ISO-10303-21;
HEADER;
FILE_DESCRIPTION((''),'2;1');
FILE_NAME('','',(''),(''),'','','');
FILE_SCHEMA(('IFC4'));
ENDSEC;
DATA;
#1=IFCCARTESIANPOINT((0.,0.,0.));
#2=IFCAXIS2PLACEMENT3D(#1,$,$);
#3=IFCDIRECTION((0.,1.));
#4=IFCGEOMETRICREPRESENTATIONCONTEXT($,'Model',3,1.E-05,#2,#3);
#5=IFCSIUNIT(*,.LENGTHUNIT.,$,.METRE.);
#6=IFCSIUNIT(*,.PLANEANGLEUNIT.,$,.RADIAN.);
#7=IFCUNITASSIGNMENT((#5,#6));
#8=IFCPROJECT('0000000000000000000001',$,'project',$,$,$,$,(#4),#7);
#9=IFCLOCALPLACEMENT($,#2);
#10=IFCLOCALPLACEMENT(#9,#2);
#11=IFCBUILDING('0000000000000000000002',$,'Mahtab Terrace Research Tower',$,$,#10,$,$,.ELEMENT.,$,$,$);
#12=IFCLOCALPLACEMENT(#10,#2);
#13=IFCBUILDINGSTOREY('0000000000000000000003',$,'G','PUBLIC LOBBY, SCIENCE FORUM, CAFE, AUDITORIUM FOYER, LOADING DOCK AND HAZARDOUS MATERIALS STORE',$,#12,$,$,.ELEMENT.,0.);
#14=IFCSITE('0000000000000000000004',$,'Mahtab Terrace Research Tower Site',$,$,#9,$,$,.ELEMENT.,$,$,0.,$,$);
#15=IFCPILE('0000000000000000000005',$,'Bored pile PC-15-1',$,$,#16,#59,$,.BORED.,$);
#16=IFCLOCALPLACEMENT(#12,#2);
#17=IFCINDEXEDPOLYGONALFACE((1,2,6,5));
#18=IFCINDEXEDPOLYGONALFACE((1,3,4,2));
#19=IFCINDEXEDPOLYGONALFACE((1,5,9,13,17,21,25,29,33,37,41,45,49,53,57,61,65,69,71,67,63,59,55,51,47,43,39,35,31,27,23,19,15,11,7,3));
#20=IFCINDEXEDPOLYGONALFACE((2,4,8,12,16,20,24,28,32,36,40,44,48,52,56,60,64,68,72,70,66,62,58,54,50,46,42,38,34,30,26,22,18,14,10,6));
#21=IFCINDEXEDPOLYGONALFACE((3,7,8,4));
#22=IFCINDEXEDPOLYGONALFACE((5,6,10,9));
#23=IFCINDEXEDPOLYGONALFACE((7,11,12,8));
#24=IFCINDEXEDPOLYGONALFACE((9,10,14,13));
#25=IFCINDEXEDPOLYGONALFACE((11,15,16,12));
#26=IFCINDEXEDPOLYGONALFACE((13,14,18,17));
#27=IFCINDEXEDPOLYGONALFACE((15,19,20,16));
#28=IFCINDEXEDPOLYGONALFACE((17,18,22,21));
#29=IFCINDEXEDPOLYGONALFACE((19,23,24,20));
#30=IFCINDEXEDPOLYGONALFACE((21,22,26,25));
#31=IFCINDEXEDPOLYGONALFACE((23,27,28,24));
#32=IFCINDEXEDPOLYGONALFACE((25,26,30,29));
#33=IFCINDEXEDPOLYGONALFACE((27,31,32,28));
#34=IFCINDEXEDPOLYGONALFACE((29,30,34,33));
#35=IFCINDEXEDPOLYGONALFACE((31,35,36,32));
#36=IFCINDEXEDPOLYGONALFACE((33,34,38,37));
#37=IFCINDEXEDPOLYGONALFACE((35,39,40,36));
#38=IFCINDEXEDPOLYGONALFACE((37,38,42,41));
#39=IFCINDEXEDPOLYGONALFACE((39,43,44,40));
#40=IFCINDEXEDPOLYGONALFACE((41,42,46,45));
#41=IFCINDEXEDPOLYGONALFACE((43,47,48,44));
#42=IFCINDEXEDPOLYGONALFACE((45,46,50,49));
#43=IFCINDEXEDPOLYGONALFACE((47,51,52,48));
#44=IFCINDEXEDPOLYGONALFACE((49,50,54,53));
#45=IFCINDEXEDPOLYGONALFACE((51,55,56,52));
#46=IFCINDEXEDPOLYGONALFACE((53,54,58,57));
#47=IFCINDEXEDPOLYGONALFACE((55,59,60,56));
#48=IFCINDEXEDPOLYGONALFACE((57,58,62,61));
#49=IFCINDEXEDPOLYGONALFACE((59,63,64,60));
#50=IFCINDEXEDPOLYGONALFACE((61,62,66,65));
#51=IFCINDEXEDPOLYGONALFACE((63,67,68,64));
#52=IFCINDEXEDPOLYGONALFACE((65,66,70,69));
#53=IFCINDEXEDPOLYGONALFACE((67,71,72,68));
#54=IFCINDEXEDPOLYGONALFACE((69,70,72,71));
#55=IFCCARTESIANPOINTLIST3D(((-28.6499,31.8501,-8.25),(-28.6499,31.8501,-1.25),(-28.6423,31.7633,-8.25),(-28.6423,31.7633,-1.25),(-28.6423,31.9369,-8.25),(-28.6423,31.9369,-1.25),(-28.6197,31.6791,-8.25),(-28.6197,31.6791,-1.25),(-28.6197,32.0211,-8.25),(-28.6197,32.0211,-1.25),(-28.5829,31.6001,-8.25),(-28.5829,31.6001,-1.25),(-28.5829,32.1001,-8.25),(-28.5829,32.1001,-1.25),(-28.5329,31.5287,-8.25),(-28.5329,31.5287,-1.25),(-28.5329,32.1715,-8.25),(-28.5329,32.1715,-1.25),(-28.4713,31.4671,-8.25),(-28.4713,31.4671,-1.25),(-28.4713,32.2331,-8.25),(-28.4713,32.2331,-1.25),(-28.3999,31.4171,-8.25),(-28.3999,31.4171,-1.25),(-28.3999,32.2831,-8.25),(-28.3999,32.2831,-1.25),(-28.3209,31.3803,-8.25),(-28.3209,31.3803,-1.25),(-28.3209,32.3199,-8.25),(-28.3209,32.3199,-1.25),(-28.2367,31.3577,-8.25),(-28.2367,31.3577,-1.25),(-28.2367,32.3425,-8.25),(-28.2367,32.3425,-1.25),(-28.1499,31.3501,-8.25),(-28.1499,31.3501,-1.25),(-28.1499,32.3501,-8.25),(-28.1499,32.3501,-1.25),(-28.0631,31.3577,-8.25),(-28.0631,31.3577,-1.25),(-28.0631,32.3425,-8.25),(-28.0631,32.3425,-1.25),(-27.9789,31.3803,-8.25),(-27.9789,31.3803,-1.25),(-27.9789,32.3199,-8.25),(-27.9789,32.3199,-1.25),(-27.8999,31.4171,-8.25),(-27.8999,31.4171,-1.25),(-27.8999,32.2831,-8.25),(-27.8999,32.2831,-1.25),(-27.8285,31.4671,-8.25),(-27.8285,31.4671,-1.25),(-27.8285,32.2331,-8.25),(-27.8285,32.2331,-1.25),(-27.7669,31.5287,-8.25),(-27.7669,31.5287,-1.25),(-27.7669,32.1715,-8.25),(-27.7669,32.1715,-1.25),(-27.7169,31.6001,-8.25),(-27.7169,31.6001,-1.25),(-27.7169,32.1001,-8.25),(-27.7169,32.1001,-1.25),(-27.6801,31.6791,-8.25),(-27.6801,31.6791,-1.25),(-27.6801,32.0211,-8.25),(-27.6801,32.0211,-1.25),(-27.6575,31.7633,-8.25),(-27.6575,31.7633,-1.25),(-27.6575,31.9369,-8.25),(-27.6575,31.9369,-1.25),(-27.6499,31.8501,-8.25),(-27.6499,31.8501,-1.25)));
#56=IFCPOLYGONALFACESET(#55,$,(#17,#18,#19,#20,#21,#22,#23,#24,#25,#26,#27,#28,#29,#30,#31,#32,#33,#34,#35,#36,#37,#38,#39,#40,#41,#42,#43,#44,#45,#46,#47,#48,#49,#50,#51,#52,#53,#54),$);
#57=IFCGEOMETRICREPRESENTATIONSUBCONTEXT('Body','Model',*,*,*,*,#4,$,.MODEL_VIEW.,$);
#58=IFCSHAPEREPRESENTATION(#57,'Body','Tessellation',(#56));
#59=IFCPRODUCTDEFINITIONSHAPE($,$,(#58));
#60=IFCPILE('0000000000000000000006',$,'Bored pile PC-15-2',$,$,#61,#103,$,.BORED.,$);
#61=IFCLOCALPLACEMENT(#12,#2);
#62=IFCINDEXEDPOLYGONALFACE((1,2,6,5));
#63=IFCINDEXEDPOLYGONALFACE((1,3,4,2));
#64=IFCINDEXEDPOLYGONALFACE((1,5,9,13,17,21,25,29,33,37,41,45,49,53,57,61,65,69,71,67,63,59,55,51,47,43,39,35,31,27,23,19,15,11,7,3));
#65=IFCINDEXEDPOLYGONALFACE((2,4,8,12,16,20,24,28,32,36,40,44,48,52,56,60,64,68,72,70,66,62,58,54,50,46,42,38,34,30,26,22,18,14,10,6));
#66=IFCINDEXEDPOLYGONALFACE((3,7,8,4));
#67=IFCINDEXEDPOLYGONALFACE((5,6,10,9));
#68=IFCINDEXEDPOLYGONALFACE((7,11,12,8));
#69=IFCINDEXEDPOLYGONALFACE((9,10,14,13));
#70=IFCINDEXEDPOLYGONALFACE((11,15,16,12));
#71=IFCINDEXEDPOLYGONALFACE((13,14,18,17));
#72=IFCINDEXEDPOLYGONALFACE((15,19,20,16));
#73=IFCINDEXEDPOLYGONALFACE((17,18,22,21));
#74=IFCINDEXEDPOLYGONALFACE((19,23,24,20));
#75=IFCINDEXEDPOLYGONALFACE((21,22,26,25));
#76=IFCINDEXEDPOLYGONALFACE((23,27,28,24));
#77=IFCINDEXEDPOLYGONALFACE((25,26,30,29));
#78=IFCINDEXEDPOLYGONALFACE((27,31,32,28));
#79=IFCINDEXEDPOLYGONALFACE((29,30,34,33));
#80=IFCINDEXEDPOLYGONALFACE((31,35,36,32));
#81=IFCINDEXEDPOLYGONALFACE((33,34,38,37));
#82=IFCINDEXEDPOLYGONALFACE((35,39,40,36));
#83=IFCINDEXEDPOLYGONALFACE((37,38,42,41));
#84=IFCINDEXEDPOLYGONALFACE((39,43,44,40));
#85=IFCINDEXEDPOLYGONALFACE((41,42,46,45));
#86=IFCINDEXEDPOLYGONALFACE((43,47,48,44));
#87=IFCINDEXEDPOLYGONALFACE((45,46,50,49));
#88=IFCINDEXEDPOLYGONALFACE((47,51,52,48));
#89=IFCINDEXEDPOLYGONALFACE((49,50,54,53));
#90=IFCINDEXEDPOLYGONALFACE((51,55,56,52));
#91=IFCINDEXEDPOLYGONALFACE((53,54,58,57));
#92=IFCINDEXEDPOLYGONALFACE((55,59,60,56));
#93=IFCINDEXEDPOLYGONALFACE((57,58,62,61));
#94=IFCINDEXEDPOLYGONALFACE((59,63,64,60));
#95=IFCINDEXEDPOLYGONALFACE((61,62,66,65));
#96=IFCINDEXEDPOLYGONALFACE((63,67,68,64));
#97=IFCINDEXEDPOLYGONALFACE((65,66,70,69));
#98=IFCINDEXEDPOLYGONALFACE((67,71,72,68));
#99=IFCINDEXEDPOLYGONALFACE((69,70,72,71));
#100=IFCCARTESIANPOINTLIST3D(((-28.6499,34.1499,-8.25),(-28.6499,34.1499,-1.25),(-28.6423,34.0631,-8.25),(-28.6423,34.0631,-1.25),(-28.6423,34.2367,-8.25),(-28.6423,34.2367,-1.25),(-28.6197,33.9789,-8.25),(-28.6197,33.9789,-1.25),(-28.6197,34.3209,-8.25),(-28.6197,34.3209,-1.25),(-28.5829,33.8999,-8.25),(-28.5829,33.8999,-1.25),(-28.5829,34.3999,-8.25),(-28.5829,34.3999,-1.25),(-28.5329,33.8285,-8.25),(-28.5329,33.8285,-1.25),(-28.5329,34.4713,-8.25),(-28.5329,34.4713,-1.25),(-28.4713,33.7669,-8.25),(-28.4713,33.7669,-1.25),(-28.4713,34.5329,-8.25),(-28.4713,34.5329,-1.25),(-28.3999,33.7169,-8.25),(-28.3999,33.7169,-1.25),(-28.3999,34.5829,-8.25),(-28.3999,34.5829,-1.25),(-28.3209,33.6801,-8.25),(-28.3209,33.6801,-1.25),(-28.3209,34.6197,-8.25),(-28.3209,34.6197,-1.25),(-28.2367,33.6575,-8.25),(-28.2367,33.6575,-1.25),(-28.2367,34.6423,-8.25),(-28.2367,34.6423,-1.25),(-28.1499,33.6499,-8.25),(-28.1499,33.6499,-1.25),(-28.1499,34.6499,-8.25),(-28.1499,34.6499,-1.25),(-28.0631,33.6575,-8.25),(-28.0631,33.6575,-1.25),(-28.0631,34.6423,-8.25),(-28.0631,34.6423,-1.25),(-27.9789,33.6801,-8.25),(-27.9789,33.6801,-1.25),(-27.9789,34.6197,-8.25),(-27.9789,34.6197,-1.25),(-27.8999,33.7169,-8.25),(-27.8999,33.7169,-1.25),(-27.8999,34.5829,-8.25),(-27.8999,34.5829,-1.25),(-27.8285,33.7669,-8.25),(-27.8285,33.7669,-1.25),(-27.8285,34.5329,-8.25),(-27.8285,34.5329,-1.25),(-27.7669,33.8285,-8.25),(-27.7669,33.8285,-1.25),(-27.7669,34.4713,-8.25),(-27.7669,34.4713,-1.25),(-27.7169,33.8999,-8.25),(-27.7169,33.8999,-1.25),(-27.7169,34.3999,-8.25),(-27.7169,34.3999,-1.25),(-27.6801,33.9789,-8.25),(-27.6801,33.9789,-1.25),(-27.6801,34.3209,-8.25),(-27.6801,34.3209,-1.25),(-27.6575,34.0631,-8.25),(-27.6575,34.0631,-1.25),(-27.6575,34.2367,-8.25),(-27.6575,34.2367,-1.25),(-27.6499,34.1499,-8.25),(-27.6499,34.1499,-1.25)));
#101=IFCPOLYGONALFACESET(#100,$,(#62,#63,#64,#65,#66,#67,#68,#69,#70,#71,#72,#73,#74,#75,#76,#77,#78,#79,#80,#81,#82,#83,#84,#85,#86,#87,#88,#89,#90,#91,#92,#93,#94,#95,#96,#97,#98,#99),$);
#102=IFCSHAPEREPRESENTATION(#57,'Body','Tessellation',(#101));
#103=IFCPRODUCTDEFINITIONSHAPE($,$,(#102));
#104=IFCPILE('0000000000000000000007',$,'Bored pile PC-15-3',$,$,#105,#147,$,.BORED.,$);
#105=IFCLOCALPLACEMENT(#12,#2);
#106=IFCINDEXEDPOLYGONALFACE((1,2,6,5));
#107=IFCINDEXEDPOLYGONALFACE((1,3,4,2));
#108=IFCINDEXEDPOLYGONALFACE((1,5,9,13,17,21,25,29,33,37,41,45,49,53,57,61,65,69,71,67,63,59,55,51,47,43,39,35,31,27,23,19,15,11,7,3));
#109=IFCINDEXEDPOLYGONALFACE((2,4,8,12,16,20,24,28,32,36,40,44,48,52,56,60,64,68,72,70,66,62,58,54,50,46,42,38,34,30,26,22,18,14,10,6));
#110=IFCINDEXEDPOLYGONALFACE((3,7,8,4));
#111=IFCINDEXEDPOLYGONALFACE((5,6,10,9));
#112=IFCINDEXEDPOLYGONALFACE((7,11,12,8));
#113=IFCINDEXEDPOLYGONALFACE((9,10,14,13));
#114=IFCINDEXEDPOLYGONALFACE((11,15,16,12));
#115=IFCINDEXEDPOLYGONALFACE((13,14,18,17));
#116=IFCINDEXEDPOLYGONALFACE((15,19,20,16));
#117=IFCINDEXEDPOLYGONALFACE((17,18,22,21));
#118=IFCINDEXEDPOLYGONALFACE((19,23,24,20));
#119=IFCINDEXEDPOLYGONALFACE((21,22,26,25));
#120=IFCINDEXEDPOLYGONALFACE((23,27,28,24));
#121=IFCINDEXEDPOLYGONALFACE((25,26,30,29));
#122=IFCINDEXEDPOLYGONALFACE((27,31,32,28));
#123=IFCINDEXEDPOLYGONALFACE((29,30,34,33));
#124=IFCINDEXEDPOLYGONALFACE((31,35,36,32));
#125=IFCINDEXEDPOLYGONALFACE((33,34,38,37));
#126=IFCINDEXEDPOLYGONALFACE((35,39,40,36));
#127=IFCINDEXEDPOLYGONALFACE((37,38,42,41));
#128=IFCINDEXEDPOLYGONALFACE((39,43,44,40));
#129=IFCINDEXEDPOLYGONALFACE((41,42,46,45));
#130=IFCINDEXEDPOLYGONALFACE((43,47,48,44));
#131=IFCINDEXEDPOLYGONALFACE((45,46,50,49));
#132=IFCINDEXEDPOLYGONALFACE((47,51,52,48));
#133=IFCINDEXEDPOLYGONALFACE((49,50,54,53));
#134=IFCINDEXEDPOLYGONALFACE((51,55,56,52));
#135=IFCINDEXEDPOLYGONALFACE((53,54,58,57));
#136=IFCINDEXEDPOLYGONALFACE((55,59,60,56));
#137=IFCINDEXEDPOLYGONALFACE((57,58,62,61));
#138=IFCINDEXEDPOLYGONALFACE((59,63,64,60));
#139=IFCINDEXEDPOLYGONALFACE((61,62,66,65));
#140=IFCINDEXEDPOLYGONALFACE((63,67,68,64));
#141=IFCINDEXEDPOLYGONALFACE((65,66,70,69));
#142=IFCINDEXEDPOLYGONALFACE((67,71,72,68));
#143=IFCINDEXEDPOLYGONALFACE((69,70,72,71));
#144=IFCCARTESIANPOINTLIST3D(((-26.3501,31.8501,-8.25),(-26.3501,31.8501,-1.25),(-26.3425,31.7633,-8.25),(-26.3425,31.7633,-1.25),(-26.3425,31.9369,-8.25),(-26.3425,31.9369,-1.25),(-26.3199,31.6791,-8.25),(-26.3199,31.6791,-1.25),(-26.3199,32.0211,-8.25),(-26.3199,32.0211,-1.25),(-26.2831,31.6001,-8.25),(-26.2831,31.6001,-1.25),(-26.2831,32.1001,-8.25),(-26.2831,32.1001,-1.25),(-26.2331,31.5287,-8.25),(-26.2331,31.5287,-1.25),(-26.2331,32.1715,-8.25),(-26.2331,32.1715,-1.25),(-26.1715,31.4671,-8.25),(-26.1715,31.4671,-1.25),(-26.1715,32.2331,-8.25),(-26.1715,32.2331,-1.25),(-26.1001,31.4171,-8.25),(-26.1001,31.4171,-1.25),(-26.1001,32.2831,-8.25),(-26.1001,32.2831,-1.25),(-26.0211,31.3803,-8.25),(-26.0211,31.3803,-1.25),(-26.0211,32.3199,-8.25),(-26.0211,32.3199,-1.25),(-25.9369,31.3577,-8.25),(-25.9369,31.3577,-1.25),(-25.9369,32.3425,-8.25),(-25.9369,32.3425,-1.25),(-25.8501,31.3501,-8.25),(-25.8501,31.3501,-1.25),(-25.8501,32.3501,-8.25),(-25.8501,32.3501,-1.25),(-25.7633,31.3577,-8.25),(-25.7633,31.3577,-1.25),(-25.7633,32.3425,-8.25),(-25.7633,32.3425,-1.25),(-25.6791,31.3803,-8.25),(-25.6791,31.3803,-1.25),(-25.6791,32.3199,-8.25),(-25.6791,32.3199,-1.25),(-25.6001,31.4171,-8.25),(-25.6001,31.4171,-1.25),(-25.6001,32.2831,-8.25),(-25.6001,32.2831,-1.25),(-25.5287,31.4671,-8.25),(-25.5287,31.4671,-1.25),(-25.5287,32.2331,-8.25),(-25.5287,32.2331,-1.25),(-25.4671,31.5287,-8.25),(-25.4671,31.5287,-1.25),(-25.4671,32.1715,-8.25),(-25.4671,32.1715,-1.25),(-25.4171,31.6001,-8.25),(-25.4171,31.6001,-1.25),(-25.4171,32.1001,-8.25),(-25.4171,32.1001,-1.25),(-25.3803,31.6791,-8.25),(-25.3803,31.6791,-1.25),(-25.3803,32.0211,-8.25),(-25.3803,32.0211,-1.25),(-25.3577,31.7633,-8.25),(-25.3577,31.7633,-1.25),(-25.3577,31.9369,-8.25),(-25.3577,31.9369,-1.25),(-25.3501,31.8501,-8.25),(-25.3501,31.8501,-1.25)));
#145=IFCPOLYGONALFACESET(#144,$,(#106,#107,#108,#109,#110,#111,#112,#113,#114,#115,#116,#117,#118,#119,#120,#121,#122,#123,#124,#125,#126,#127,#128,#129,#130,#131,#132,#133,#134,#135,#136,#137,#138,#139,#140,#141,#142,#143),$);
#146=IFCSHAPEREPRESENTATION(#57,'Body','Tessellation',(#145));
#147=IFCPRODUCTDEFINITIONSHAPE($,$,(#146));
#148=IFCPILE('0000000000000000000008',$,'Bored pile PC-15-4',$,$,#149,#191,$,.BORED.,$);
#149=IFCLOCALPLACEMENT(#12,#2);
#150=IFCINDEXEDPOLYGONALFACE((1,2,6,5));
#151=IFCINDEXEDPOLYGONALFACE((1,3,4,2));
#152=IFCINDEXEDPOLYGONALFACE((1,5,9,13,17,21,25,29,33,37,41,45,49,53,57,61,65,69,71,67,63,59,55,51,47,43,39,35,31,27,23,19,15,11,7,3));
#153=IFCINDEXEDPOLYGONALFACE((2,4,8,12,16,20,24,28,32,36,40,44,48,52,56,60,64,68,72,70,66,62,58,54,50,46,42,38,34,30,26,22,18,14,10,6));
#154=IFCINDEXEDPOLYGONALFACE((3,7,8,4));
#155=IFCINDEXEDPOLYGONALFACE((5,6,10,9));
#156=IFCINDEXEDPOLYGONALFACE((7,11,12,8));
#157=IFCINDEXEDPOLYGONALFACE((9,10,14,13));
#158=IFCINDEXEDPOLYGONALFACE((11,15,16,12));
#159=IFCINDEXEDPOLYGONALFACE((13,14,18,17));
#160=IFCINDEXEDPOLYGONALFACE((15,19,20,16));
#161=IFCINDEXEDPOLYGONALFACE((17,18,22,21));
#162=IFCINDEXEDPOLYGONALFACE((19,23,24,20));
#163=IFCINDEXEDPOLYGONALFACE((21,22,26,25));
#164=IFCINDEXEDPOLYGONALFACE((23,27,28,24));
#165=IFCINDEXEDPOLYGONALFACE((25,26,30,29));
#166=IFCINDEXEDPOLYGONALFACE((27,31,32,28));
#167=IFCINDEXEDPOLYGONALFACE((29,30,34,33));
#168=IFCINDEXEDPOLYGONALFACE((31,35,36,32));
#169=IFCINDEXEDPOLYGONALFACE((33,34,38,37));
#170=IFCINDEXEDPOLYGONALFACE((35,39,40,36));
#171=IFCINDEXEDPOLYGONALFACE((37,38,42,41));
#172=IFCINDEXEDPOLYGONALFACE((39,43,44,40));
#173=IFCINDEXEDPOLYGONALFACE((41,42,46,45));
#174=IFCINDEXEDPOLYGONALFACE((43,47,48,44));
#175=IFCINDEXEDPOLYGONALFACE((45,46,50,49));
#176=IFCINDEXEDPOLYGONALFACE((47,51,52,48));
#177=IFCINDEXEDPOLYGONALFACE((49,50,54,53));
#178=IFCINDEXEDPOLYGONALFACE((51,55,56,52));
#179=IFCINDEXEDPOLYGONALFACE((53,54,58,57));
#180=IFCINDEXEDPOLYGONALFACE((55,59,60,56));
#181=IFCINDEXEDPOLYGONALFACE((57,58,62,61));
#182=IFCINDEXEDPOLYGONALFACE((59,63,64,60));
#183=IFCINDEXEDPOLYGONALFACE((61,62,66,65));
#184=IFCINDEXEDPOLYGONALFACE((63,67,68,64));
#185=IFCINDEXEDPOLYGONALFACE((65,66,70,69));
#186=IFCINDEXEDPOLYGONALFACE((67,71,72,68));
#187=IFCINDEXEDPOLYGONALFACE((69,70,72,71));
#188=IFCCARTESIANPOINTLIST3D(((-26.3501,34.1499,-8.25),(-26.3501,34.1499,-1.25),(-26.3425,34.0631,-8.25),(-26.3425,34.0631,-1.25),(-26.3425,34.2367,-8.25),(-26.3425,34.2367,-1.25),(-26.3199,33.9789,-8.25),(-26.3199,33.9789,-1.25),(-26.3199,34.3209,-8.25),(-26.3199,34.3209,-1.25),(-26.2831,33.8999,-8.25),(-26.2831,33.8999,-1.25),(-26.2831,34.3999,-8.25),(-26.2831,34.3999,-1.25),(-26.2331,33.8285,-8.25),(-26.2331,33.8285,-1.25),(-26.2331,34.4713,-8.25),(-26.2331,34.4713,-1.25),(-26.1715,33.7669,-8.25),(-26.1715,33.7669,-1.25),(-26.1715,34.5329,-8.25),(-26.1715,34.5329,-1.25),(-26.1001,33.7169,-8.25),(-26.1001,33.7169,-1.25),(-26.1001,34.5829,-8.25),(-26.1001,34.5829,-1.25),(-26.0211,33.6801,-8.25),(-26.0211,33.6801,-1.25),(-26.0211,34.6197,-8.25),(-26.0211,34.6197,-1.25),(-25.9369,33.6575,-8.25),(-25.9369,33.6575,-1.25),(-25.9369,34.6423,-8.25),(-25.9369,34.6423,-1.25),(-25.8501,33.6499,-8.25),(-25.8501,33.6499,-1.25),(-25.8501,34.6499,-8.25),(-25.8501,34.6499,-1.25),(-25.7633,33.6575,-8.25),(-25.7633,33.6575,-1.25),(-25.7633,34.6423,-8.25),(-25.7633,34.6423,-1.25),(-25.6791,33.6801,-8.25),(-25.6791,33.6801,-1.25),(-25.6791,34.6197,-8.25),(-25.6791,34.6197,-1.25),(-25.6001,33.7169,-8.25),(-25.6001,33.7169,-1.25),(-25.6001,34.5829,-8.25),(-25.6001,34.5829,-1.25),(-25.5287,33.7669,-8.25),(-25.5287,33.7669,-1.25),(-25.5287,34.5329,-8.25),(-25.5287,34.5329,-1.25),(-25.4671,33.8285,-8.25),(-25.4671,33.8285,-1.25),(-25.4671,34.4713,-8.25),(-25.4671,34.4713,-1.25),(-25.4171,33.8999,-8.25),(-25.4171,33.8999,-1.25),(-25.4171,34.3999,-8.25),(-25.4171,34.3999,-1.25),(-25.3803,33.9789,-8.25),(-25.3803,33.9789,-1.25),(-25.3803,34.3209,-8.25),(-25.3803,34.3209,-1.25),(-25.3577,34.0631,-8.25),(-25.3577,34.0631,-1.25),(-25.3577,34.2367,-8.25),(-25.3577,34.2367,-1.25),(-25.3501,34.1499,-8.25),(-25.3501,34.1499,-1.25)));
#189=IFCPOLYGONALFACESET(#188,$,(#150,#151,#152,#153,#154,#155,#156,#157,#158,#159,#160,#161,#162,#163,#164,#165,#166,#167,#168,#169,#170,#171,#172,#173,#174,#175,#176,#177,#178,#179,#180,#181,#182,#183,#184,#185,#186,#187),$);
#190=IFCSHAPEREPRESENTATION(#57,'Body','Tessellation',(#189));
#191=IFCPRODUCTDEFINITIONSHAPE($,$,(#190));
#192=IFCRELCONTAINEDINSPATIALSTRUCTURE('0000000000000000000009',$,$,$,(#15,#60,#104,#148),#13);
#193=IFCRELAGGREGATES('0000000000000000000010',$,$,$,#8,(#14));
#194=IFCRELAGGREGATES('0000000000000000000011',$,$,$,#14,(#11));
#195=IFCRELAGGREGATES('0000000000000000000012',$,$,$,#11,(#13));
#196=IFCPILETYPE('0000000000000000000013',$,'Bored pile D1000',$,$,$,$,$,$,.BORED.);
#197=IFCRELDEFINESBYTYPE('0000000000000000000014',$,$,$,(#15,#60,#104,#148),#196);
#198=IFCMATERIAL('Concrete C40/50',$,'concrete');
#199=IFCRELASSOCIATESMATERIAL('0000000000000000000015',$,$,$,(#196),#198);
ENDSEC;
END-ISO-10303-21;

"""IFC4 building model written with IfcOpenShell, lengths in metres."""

from ifc_helpers import new_model, si_unit, direction, frame, origin, origin_2d, place, context, subcontext, project, spatial, circle, extrude, material, material_profile, profile_set, type_object, element, save


model = new_model("IFC4")

# Units and contexts
model_context = context("Model", 3, precision=1e-05, world=origin(), true_north=direction((0.0, 1.0)))
body_context = subcontext(model_context, "Body", "Model", "MODEL_VIEW")
ifc_project = project(units=[si_unit("LENGTHUNIT", "METRE"), si_unit("PLANEANGLEUNIT", "RADIAN")], contexts=[model_context])

# Site, building, storey
site_placement = place(None, origin())
site = spatial("IfcSite", under=ifc_project, at=site_placement, Name="Mahtab Terrace Research Tower Site", CompositionType="ELEMENT", RefElevation=0.0)
building_placement = place(site_placement, origin())
building = spatial("IfcBuilding", under=site, at=building_placement, Name="Mahtab Terrace Research Tower", CompositionType="ELEMENT")
storey_placement = place(building_placement, origin())
storey = spatial("IfcBuildingStorey", under=building, at=storey_placement, Name="G", Description="PUBLIC LOBBY, SCIENCE FORUM, CAFE, AUDITORIUM FOYER, LOADING DOCK AND HAZARDOUS MATERIALS STORE", CompositionType="ELEMENT", Elevation=0.0)

# Piles
ifc_material_1 = material(Name="Concrete C40/50", Category="concrete")
ifc_material_profile_1 = material_profile(ifc_material_1, circle(Radius=0.5, at=origin_2d()), Name="Bored pile D1000")
ifc_profile_set_1 = profile_set([ifc_material_profile_1], Name="Concrete C40/50")
pile_type_1 = type_object("IfcPileType", Name="Bored pile D1000", PredefinedType="BORED", material=ifc_profile_set_1)
for number, where, z_axis, x_axis, name in (
    (1, (-28.1499, 31.8501, -1.25), (0.0, 0.0, -1.0), (1.0, 0.0, 0.0), "Bored pile PC-15-1"),
    (2, (-28.1499, 34.1499, -1.25), (0.0, 0.0, -1.0), (1.0, 0.0, 0.0), "Bored pile PC-15-2"),
    (3, (-25.8501, 31.8501, -1.25), (0.0, 0.0, -1.0), (1.0, 0.0, 0.0), "Bored pile PC-15-3"),
    (4, (-25.8501, 34.1499, -1.25), (0.0, 0.0, -1.0), (1.0, 0.0, 0.0), "Bored pile PC-15-4"),
):
    element("IfcPile", number, at=place(storey_placement, frame(where, z_axis=z_axis, x_axis=x_axis)), inside=storey, type_object=pile_type_1, Name=name, PredefinedType="BORED", context=body_context, shape_type="SweptSolid", body=[
        extrude(circle(Radius=0.5, at=origin_2d()), origin(), (0.0, 0.0, 1.0), 7.0),
    ])

save(model, "model.ifc")
